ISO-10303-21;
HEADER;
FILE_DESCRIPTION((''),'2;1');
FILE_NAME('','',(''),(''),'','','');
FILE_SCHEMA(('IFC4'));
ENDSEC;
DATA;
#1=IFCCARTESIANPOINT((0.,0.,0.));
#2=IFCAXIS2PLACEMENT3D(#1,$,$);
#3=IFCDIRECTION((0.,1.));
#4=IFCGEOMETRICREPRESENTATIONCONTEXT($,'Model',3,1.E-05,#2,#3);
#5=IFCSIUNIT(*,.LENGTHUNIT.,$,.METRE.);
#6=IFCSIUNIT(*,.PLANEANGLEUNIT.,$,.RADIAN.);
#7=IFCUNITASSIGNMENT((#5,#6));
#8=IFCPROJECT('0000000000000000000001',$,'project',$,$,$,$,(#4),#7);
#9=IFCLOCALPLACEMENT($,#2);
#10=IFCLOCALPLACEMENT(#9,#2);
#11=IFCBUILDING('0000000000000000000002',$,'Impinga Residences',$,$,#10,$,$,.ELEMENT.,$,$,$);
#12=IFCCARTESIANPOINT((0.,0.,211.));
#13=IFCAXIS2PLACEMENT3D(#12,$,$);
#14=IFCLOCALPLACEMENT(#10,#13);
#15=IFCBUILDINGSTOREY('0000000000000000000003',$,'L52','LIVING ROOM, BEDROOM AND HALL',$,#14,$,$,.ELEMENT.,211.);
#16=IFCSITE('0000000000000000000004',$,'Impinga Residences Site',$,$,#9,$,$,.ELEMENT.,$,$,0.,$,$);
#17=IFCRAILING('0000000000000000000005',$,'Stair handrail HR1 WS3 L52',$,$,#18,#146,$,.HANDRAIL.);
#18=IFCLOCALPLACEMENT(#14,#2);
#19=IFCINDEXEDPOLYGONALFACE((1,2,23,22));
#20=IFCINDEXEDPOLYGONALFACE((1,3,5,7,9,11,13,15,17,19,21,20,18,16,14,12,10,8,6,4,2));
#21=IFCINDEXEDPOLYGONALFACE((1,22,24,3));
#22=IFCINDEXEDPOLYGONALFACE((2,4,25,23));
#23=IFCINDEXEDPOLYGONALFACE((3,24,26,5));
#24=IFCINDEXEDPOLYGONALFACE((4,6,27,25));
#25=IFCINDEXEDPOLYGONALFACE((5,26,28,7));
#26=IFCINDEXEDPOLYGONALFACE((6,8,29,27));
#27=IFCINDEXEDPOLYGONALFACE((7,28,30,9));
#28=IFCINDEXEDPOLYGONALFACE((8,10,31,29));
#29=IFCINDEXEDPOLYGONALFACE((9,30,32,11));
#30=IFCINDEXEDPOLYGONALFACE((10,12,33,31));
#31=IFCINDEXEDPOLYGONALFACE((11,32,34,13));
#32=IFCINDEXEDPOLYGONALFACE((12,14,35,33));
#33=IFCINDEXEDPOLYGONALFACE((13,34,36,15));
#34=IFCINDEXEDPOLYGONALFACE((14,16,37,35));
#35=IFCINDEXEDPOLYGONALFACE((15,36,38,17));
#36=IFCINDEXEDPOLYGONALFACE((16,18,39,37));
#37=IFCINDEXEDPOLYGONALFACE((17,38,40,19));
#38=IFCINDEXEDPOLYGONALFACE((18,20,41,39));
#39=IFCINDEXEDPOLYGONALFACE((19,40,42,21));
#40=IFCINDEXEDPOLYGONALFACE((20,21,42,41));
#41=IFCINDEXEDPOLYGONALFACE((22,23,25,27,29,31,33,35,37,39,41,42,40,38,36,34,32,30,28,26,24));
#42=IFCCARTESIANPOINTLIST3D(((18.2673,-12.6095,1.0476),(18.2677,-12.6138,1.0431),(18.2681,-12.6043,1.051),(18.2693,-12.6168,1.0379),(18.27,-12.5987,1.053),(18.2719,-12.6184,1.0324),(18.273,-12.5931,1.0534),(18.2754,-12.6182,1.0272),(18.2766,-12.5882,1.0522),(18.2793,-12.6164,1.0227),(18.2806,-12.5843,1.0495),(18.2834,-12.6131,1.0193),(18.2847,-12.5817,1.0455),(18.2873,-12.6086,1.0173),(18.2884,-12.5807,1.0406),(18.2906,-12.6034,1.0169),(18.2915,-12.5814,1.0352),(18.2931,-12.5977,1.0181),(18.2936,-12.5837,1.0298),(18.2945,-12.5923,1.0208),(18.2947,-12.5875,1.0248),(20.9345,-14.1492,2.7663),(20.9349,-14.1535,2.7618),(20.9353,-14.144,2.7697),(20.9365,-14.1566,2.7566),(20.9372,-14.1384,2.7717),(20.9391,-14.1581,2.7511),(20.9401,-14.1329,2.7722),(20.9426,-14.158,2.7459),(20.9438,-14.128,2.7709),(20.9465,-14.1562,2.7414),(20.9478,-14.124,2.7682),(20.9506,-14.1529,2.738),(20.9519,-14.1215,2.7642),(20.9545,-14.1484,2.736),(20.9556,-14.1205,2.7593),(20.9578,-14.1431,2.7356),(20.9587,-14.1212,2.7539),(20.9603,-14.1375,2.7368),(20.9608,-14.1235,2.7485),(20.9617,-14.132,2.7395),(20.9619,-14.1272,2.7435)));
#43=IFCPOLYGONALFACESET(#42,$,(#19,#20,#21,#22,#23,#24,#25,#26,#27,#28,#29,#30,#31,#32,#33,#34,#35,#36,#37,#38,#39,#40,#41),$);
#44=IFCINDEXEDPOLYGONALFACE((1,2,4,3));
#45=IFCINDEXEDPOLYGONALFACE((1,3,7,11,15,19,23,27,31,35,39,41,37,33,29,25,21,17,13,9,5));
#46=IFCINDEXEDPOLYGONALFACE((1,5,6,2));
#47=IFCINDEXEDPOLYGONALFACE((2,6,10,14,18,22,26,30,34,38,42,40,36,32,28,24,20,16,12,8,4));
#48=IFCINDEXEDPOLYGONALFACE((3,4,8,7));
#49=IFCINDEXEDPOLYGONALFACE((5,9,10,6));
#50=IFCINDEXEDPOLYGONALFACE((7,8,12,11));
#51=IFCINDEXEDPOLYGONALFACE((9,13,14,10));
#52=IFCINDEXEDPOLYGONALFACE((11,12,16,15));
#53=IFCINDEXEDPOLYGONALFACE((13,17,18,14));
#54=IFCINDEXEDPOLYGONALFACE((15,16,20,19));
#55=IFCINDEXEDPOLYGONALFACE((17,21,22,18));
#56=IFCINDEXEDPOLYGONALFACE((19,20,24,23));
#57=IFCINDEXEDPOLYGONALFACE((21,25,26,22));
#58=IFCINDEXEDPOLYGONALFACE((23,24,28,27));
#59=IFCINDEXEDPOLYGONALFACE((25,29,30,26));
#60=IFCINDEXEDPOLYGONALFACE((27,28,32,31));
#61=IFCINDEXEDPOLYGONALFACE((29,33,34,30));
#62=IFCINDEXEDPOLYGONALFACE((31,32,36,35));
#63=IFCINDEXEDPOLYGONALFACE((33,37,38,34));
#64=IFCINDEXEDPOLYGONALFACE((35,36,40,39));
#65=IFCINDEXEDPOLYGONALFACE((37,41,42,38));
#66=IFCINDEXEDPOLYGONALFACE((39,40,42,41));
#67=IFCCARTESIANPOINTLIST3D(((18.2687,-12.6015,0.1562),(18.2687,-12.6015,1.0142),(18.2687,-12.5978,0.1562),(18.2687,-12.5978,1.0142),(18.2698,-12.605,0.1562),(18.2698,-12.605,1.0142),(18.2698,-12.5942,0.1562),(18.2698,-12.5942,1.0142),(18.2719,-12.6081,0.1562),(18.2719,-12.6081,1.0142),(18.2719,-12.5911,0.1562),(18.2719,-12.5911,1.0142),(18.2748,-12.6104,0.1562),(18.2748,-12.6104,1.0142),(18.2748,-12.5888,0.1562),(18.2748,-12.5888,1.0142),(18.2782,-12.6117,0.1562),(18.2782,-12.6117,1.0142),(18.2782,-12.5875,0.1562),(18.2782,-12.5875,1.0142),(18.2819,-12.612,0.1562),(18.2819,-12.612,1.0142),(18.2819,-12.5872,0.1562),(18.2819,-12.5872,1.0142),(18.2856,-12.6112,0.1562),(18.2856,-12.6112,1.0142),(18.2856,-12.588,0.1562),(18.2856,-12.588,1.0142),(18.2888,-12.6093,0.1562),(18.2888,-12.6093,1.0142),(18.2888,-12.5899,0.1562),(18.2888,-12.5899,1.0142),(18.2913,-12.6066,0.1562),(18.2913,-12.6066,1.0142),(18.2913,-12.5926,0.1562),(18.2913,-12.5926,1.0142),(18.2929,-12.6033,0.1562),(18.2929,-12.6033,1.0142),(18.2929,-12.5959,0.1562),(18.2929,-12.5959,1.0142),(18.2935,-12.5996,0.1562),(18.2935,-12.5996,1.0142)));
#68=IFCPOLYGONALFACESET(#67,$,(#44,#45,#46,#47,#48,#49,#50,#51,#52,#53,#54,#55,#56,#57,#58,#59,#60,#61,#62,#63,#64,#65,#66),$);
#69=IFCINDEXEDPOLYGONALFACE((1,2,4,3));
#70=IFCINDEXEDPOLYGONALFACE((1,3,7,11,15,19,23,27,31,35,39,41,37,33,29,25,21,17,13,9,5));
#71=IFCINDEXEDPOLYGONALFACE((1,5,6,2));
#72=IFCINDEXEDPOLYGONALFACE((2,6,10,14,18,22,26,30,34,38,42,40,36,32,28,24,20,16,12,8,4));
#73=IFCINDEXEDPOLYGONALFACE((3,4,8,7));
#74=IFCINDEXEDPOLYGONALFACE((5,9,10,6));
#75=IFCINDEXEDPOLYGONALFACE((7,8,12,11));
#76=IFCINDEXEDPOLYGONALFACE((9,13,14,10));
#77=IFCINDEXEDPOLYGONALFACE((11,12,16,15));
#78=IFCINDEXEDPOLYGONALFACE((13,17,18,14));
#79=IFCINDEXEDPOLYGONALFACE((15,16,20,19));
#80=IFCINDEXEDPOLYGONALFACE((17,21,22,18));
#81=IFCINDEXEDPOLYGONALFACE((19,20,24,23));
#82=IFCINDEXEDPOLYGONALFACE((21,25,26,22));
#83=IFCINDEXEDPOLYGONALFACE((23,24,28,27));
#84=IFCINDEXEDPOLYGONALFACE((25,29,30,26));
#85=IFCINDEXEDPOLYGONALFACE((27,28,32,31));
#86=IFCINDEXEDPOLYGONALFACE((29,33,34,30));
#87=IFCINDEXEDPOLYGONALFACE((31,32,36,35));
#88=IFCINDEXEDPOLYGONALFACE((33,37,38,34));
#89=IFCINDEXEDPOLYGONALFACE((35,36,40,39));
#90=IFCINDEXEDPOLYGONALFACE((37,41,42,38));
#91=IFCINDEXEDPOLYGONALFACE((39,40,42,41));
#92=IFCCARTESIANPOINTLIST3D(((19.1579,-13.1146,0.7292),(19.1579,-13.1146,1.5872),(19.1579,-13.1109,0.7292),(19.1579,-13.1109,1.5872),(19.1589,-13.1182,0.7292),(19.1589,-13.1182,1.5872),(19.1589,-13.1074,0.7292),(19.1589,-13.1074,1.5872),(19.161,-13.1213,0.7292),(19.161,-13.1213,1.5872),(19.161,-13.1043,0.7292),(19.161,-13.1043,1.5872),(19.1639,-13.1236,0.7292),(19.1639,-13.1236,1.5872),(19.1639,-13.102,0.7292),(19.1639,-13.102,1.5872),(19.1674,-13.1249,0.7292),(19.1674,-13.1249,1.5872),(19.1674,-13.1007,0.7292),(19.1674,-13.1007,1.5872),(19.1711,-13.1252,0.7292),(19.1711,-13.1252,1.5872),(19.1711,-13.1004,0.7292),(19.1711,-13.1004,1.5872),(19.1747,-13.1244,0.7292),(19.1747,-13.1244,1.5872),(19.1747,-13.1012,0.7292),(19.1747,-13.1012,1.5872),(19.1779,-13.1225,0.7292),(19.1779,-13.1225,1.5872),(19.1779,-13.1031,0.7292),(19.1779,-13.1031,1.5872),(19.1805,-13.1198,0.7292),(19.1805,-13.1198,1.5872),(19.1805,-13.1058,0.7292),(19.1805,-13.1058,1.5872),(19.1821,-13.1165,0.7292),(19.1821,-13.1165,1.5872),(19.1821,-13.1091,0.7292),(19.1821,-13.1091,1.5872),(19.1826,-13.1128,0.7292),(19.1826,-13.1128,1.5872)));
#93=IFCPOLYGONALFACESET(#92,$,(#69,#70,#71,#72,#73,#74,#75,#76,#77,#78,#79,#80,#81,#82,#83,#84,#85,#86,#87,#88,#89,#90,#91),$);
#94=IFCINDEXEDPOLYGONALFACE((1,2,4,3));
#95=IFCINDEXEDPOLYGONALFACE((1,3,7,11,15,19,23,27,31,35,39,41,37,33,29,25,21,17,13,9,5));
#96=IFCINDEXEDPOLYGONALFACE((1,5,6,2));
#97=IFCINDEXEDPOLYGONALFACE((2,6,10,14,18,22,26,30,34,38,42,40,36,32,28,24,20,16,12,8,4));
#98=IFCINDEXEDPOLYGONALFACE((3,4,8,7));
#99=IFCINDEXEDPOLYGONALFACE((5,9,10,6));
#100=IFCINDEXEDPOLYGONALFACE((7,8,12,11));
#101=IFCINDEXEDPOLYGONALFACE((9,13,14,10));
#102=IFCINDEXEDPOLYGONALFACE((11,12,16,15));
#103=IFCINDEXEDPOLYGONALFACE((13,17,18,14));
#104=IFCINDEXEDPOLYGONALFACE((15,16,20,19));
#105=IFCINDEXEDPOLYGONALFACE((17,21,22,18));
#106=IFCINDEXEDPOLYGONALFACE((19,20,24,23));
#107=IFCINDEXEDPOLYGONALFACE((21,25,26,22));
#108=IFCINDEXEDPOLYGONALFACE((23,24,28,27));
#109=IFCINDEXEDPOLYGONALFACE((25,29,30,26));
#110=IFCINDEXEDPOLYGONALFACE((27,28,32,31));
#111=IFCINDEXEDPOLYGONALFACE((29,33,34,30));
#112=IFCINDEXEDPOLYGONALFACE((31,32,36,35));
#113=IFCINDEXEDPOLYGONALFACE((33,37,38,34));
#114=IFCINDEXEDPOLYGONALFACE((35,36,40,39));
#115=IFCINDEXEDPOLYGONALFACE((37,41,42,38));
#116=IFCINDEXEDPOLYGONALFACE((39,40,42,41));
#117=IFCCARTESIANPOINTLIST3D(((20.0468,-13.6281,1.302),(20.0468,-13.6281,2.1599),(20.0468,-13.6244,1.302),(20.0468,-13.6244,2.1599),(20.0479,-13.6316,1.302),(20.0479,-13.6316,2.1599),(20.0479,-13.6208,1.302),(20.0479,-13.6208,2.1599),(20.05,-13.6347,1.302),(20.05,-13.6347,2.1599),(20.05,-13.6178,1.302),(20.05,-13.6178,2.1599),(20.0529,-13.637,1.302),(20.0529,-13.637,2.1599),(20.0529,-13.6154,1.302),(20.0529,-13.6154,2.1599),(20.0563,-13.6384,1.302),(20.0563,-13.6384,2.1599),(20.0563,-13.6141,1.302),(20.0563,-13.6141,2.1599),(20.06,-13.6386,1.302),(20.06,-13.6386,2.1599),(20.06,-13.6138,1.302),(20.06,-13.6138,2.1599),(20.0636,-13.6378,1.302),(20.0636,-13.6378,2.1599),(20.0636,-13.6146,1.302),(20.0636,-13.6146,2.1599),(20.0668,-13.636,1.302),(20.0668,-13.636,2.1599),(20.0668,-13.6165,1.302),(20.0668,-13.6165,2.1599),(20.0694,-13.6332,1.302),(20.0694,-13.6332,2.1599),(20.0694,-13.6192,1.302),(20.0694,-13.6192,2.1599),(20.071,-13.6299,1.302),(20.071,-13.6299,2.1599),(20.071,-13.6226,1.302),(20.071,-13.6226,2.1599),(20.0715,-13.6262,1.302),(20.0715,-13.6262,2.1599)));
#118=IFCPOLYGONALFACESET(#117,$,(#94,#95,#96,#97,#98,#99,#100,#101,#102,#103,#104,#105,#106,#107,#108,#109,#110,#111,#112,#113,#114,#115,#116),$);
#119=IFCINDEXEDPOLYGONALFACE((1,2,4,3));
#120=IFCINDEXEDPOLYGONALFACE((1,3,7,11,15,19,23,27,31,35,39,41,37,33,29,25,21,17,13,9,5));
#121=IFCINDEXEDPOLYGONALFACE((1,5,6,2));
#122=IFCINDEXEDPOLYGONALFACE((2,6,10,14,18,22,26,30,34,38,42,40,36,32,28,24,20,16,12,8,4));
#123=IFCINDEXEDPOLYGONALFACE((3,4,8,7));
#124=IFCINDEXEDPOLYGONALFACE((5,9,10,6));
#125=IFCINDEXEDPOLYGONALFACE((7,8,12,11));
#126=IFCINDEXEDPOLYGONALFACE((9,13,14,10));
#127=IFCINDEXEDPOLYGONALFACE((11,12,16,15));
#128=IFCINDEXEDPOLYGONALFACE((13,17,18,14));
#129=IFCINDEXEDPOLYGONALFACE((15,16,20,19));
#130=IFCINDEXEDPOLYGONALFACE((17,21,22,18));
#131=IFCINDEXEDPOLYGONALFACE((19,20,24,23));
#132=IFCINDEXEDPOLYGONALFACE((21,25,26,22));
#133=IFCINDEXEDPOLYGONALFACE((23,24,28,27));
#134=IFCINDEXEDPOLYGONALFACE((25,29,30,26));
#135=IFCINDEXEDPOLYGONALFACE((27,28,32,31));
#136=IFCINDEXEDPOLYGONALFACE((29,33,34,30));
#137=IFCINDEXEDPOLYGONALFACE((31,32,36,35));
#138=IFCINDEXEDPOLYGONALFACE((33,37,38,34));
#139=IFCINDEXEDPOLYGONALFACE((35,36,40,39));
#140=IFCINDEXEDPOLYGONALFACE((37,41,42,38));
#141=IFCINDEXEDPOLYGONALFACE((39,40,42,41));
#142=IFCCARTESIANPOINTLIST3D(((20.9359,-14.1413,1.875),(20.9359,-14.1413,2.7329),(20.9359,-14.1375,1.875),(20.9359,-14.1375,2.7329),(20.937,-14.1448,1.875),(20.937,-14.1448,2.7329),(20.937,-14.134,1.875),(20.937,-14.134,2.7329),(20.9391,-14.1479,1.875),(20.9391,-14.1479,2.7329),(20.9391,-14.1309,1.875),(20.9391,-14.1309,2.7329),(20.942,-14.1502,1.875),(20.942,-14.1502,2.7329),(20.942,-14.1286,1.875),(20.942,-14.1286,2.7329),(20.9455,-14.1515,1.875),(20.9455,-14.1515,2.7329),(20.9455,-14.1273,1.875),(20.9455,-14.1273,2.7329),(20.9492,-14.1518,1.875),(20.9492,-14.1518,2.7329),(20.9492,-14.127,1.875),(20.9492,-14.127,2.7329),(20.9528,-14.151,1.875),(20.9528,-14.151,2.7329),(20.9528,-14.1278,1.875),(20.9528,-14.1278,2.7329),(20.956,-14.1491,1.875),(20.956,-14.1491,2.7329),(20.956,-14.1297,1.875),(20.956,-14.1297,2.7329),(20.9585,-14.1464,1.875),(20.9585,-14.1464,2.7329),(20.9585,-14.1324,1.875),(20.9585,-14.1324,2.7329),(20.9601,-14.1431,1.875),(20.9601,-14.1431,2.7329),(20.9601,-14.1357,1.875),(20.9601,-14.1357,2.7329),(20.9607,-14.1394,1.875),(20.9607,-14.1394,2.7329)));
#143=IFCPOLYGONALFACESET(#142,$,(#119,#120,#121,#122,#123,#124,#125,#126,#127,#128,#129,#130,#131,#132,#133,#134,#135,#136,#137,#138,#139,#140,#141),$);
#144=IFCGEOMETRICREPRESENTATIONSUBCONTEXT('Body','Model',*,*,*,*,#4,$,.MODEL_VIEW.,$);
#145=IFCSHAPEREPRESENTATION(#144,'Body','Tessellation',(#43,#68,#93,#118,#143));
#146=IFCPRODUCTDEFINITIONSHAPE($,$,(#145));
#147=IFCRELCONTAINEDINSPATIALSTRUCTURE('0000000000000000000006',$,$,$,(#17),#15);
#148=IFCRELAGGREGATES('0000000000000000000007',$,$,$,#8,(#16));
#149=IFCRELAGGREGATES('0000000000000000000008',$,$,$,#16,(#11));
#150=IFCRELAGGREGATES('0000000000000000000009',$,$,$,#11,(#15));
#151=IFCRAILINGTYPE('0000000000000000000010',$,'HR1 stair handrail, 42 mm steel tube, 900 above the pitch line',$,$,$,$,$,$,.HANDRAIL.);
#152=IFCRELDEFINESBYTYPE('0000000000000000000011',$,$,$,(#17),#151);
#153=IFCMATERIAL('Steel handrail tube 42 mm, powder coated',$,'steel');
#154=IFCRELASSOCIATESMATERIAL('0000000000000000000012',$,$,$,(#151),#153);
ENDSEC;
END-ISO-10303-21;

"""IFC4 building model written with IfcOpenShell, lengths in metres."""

from ifc_helpers import new_model, si_unit, direction, frame, origin, origin_2d, place, context, subcontext, project, spatial, circle, extrude, material, type_object, element, save


model = new_model("IFC4")

# Units and contexts
model_context = context("Model", 3, precision=1e-05, world=origin(), true_north=direction((0.0, 1.0)))
body_context = subcontext(model_context, "Body", "Model", "MODEL_VIEW")
ifc_project = project(units=[si_unit("LENGTHUNIT", "METRE"), si_unit("PLANEANGLEUNIT", "RADIAN")], contexts=[model_context])

# Site, building, storey
site_placement = place(None, origin())
site = spatial("IfcSite", under=ifc_project, at=site_placement, Name="Impinga Residences Site", CompositionType="ELEMENT", RefElevation=0.0)
building_placement = place(site_placement, origin())
building = spatial("IfcBuilding", under=site, at=building_placement, Name="Impinga Residences", CompositionType="ELEMENT")
storey_placement = place(building_placement, frame((0.0, 0.0, 211.0)))
storey = spatial("IfcBuildingStorey", under=building, at=storey_placement, Name="L52", Description="LIVING ROOM, BEDROOM AND HALL", CompositionType="ELEMENT", Elevation=211.0)

# Railing
ifc_material_1 = material(Name="Steel handrail tube 42 mm, powder coated", Category="steel")
railing_type_1 = type_object("IfcRailingType", Name="HR1 stair handrail, 42 mm steel tube, 900 above the pitch line", PredefinedType="HANDRAIL", material=ifc_material_1)
railing_1_placement = place(storey_placement, frame((18.281, -12.5996, 0.1562)))
element("IfcRailing", 1, at=railing_1_placement, inside=storey, type_object=railing_type_1, Name="Stair handrail HR1 WS3 L52", PredefinedType="HANDRAIL", context=body_context, shape_type="SweptSolid", body=[
    extrude(circle(Radius=0.021, at=origin_2d()), frame((0.0, 0.0, 0.8789), z_axis=(0.756249, -0.436582, 0.487322), x_axis=(0.499967, 0.866044, 0.0)), (0.0, 0.0, 1.0), 3.5269),
    extrude(circle(Radius=0.0125, at=origin_2d()), origin(), (0.0, 0.0, 1.0), 0.8579),
    extrude(circle(Radius=0.0125, at=origin_2d()), frame((0.8892, -0.5132, 0.573)), (0.0, 0.0, 1.0), 0.8579),
    extrude(circle(Radius=0.0125, at=origin_2d()), frame((1.7781, -1.0266, 1.1458)), (0.0, 0.0, 1.0), 0.8579),
    extrude(circle(Radius=0.0125, at=origin_2d()), frame((2.6672, -1.5398, 1.7188)), (0.0, 0.0, 1.0), 0.8579),
])

save(model, "model.ifc")
